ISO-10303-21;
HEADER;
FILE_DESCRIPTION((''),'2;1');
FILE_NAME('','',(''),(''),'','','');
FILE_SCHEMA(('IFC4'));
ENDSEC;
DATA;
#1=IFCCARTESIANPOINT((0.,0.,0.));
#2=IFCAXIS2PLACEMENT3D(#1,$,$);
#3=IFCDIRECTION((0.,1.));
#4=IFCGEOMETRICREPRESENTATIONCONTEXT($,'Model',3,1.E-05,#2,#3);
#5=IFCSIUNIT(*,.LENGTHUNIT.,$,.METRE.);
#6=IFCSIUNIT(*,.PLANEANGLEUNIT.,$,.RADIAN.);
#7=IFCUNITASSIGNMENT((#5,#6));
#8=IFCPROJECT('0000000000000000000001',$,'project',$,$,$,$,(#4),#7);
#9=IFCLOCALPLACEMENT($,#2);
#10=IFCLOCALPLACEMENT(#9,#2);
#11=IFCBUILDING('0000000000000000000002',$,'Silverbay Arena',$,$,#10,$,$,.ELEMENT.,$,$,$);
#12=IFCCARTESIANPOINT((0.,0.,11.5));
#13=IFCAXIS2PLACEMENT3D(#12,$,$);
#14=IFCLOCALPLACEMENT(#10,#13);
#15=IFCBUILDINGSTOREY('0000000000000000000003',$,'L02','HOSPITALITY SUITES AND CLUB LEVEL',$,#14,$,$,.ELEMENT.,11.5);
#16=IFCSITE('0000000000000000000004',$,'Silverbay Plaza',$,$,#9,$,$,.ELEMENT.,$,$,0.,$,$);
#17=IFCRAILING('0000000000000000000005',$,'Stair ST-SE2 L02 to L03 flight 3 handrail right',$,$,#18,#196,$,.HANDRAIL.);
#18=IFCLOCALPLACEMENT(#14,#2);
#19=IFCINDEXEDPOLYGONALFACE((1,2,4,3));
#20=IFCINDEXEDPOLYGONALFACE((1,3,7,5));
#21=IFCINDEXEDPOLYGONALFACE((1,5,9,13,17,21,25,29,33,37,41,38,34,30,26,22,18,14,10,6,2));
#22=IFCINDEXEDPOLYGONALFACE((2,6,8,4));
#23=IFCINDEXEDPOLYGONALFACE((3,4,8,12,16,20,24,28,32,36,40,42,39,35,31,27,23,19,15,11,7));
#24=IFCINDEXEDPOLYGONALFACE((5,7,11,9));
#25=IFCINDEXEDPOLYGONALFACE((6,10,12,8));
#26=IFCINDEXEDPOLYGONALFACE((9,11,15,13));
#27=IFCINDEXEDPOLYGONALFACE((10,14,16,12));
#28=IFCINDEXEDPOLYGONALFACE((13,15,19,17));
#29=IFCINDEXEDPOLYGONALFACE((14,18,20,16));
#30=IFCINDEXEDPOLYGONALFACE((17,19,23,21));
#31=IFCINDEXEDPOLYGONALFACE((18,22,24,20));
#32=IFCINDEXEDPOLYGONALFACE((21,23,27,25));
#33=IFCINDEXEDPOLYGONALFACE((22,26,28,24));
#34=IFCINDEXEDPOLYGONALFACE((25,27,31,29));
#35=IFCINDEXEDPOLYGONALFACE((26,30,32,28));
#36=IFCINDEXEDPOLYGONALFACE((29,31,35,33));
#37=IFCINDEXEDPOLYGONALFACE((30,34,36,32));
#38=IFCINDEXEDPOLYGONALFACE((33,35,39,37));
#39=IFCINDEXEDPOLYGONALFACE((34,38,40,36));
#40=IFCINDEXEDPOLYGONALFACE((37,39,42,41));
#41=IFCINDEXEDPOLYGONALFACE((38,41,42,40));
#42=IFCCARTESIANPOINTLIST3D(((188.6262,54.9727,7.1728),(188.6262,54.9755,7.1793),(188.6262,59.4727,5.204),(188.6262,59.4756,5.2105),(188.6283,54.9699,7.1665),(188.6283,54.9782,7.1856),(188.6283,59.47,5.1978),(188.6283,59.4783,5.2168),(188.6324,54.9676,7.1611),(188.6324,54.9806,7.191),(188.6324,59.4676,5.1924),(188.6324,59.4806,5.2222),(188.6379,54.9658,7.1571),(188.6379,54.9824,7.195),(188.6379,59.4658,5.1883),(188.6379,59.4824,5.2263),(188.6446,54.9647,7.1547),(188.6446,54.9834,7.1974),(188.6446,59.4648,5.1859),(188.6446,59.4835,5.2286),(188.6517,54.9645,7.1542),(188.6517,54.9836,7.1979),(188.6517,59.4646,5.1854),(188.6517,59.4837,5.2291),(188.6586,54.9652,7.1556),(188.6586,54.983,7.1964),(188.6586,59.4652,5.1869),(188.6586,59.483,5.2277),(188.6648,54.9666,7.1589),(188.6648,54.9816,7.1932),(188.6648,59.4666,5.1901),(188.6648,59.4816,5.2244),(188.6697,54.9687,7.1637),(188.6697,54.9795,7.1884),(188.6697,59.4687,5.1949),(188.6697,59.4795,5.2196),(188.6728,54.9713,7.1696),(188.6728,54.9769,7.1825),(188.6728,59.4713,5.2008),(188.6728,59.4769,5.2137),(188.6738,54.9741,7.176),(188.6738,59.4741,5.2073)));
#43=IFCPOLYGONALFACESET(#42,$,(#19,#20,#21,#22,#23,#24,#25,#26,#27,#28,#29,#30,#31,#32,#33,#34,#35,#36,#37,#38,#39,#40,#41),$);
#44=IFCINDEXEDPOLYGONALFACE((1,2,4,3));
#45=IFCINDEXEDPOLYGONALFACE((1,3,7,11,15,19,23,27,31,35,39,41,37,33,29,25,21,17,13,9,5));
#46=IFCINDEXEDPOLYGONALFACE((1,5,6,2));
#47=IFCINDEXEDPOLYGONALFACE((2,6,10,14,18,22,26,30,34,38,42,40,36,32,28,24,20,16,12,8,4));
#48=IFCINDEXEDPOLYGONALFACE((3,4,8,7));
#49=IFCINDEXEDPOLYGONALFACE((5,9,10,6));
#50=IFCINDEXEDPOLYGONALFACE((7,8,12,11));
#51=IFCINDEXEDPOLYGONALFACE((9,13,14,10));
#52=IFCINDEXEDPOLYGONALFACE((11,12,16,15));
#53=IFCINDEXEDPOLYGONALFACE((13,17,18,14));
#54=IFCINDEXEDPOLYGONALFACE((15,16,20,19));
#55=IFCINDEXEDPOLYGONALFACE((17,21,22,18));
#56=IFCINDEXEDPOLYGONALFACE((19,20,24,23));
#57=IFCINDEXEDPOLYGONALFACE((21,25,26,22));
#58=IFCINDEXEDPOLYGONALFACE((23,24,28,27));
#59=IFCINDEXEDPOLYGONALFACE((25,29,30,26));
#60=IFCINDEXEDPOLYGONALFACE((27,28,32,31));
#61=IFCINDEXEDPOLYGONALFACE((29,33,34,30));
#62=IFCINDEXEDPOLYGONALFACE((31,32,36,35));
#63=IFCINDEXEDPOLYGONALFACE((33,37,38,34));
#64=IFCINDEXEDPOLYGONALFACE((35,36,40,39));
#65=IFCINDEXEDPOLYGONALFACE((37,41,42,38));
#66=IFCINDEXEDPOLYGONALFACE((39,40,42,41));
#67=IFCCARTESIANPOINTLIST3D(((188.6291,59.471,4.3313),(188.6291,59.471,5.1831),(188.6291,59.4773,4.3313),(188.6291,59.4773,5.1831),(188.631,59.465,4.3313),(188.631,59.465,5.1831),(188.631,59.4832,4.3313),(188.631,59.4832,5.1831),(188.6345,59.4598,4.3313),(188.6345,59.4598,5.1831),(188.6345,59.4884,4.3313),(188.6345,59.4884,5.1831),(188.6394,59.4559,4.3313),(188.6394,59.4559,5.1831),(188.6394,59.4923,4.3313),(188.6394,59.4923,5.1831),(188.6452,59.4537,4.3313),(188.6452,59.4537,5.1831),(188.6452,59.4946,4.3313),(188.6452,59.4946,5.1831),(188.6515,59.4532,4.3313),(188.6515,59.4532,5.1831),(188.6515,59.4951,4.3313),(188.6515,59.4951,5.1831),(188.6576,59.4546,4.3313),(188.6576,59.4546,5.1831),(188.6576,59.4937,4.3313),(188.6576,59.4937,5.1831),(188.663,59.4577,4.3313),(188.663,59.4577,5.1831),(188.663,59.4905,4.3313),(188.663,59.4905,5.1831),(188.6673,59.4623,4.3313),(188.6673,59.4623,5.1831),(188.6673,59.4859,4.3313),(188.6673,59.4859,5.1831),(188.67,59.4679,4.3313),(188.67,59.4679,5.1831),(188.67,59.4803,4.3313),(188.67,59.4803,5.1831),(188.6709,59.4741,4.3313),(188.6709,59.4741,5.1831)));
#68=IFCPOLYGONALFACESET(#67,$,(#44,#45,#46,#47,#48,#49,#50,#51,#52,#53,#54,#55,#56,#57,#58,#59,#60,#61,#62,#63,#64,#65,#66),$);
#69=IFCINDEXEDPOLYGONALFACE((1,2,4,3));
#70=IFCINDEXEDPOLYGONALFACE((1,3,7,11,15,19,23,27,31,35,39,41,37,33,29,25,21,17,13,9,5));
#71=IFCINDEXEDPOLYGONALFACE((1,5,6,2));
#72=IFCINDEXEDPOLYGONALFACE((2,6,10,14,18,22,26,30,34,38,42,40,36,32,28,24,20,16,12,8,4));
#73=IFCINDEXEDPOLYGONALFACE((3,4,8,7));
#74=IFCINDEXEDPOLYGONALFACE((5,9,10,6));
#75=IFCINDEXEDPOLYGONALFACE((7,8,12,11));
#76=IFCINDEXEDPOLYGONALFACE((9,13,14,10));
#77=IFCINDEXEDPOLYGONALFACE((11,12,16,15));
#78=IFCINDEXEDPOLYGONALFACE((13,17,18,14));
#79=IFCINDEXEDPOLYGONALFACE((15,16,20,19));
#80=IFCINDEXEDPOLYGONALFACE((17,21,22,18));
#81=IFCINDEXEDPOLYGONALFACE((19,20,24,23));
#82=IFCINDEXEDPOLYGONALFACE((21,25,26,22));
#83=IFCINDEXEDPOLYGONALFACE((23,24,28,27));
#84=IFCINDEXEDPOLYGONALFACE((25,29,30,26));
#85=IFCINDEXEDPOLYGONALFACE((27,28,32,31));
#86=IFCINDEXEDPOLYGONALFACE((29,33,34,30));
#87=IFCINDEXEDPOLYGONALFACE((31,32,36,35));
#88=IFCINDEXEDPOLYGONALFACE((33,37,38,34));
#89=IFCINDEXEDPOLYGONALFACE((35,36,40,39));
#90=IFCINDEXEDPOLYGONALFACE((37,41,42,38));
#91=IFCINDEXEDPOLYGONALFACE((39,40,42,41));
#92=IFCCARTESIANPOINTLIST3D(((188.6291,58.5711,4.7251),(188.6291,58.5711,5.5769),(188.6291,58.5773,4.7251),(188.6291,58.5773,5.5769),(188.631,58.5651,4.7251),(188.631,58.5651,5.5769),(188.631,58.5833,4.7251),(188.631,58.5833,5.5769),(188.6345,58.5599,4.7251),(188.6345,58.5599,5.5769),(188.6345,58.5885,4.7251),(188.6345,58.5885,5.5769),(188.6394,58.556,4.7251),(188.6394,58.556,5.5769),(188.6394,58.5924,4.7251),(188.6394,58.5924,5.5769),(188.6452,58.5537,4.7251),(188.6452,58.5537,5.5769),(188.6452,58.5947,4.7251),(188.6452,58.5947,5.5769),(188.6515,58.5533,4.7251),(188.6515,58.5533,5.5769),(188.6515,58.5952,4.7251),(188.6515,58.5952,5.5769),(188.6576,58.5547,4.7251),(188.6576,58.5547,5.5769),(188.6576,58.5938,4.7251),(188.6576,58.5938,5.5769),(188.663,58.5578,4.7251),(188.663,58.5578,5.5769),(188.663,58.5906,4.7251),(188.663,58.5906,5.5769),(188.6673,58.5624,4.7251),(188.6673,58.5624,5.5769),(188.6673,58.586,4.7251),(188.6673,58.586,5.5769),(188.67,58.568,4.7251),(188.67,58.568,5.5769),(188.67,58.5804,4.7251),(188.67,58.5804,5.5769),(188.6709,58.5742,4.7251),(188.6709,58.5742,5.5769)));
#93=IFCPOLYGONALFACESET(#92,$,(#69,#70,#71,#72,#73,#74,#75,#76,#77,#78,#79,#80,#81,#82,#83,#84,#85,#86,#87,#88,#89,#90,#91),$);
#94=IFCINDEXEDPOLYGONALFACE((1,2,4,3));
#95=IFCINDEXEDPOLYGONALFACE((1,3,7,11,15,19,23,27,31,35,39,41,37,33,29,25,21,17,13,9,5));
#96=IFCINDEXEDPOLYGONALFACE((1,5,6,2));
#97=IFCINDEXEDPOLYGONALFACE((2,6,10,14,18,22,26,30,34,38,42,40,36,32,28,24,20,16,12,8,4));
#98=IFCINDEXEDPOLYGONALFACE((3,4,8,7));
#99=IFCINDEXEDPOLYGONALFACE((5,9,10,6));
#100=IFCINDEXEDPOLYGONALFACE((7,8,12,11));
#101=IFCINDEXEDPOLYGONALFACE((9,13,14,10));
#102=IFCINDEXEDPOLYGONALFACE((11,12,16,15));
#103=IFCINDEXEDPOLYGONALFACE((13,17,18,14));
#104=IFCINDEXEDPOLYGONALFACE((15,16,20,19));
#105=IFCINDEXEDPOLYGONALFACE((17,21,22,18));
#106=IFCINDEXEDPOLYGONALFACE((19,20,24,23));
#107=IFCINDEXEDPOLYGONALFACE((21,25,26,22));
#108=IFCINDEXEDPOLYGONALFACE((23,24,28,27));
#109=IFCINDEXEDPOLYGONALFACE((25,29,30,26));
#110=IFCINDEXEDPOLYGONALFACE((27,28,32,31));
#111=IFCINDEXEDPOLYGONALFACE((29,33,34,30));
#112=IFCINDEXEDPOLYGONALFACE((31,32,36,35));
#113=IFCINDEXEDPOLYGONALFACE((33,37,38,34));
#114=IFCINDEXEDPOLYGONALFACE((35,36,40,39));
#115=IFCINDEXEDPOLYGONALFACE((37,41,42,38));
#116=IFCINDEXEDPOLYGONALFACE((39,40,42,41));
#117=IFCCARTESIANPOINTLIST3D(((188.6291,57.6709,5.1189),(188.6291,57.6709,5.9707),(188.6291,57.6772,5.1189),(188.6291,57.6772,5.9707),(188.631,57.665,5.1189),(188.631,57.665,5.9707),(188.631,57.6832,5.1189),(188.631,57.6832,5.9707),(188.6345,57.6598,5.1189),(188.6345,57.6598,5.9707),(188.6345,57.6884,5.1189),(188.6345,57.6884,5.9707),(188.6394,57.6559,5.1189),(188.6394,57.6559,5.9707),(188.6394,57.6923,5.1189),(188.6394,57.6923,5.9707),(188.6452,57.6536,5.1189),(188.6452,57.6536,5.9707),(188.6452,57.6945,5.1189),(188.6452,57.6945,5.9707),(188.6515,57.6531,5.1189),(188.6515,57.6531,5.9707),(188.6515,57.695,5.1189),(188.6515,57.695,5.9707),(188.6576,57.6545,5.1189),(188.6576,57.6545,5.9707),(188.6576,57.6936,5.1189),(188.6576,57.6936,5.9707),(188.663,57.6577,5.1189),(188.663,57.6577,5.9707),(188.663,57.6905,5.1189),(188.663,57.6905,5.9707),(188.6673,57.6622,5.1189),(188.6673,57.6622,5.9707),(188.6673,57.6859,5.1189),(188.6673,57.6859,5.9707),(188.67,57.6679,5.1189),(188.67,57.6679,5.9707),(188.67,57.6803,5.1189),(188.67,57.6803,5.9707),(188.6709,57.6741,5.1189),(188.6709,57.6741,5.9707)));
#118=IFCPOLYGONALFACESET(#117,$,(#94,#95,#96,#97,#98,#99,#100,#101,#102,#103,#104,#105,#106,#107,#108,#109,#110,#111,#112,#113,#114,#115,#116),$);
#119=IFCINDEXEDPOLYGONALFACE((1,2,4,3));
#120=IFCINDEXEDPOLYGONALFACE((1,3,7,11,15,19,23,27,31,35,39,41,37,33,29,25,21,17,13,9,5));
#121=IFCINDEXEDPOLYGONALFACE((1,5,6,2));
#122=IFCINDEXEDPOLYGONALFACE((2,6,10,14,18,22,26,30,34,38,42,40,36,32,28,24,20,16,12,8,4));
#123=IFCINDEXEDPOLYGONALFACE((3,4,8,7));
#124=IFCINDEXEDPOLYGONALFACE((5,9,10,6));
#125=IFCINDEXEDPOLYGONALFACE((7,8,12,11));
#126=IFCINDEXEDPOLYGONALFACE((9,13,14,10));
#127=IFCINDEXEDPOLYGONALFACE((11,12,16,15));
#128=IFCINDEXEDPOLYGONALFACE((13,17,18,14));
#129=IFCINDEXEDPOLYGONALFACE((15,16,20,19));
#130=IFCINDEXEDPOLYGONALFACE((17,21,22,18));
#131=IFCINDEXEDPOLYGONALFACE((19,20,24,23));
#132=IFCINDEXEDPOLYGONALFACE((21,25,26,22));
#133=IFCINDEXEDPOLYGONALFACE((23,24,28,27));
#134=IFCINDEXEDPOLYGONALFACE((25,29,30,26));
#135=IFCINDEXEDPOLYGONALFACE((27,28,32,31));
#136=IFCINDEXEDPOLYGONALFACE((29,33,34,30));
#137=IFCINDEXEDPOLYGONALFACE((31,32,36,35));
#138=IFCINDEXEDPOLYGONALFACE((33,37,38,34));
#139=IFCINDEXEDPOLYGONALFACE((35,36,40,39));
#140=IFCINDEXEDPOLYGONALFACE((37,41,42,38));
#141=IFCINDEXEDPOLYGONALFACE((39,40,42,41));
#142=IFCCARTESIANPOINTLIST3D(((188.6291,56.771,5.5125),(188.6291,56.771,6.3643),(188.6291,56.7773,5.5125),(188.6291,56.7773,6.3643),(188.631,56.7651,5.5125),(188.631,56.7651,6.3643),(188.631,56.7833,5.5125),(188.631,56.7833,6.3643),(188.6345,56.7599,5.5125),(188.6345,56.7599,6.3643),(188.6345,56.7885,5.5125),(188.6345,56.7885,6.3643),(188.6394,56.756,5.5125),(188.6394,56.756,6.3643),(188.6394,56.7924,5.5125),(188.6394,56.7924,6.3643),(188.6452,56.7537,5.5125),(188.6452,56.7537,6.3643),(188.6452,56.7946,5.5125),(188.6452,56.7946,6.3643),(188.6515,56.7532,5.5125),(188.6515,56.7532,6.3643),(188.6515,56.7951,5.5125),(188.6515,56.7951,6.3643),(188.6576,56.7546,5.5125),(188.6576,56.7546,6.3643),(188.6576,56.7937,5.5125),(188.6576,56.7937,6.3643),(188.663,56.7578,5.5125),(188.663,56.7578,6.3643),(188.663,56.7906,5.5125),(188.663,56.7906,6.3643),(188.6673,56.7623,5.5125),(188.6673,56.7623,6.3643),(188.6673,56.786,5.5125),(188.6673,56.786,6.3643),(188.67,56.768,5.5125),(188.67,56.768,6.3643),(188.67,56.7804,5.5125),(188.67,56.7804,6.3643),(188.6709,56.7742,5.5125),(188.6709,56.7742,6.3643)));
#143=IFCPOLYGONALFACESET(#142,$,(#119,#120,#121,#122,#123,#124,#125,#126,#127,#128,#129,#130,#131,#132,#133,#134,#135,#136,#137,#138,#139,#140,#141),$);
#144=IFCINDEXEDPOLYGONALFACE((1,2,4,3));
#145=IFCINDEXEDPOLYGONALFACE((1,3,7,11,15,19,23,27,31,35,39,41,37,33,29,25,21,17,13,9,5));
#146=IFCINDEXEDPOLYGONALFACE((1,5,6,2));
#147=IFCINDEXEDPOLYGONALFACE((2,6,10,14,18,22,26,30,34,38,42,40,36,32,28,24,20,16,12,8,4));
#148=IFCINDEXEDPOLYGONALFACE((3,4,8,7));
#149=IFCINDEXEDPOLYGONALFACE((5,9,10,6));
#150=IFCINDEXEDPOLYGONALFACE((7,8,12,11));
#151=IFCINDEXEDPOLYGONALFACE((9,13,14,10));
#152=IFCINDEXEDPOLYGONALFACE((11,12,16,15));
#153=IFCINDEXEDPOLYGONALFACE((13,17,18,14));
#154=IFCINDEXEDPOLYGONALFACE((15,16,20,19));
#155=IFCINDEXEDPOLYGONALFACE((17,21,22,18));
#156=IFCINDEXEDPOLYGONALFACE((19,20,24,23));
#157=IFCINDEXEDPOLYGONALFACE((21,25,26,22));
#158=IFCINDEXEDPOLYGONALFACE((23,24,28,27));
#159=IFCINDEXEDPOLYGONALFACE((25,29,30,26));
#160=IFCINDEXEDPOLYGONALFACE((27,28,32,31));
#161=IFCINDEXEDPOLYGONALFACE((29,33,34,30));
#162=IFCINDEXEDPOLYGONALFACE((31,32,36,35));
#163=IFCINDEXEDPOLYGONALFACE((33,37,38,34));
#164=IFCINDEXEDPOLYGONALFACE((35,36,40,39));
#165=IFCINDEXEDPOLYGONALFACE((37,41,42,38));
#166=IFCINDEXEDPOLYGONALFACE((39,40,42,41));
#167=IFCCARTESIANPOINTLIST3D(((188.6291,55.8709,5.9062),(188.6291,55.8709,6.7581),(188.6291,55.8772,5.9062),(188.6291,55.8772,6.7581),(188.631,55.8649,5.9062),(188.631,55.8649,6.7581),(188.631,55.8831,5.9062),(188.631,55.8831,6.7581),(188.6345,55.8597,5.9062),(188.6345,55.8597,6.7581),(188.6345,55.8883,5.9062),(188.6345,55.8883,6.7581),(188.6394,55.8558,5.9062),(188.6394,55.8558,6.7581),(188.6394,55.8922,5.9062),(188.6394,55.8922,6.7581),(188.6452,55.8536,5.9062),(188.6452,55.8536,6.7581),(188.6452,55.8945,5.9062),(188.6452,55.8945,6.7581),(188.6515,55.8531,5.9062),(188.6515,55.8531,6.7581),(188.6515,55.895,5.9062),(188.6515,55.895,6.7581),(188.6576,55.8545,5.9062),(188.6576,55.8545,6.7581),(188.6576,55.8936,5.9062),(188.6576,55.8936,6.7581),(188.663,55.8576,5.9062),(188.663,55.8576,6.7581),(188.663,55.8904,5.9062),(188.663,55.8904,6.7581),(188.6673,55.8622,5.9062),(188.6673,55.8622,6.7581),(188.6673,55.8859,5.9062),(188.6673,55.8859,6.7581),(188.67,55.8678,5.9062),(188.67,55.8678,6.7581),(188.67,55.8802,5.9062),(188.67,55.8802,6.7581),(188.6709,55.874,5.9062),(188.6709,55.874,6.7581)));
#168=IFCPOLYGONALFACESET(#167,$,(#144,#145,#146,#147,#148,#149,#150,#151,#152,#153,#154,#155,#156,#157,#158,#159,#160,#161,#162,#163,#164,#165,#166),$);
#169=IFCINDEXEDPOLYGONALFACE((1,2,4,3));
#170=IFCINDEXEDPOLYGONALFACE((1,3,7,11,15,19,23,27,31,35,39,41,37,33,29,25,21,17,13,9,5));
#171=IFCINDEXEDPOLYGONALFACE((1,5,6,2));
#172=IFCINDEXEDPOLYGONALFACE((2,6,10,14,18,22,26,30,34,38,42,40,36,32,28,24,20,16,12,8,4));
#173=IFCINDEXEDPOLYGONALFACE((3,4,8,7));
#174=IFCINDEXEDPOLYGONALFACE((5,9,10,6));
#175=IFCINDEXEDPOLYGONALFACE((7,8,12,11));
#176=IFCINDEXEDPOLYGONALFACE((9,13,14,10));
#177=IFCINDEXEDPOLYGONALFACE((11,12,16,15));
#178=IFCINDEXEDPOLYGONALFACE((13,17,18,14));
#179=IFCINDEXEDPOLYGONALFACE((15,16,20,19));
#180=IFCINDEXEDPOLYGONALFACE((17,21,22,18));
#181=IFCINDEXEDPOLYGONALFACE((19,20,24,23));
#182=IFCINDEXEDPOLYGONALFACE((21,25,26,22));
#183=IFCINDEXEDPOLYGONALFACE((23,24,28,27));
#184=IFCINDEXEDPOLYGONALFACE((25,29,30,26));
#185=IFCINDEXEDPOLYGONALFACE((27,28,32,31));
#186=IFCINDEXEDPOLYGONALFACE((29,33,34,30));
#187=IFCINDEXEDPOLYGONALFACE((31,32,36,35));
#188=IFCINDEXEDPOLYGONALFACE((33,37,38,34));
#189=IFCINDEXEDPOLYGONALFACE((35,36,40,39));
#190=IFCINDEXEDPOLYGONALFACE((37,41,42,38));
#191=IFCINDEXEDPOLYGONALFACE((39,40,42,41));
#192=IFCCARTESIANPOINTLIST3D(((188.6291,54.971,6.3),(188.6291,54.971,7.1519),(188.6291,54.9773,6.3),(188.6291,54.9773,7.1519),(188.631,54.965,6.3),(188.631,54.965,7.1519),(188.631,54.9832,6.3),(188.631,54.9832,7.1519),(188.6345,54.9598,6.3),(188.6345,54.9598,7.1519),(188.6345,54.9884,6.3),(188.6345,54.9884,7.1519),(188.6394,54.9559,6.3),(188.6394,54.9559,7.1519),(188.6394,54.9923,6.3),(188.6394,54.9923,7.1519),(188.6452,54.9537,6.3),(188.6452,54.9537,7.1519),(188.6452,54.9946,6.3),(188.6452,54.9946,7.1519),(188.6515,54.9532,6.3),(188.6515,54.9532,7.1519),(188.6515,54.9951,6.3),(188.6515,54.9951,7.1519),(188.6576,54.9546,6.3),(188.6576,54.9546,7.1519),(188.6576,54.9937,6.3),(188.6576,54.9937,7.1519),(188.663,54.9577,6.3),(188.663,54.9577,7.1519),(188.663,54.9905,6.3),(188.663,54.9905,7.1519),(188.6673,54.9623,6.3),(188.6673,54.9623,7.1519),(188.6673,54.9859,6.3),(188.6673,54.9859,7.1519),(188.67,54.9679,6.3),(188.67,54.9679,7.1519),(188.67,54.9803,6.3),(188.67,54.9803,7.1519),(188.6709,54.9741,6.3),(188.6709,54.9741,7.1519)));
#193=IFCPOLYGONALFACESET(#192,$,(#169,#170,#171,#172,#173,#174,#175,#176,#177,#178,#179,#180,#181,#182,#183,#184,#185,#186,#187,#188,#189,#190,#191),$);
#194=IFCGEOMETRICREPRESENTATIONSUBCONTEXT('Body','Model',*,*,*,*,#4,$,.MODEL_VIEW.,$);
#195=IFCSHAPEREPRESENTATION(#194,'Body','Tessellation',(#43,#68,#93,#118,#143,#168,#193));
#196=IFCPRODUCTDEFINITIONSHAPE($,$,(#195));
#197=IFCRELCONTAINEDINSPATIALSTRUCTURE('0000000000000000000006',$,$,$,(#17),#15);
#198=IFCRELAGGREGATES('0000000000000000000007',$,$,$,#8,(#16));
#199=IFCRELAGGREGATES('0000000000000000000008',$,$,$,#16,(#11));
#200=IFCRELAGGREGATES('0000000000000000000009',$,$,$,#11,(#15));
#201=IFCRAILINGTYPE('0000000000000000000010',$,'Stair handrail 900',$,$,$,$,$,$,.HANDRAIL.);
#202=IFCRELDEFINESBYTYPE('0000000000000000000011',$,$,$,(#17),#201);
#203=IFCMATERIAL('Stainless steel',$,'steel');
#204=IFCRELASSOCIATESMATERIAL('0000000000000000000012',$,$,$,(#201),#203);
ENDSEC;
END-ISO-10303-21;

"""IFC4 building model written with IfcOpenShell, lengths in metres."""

from ifc_helpers import new_model, si_unit, direction, frame, origin, origin_2d, place, context, subcontext, project, spatial, circle, extrude, material, type_object, element, save


model = new_model("IFC4")

# Units and contexts
model_context = context("Model", 3, precision=1e-05, world=origin(), true_north=direction((0.0, 1.0)))
body_context = subcontext(model_context, "Body", "Model", "MODEL_VIEW")
ifc_project = project(units=[si_unit("LENGTHUNIT", "METRE"), si_unit("PLANEANGLEUNIT", "RADIAN")], contexts=[model_context])

# Site, building, storey
site_placement = place(None, origin())
site = spatial("IfcSite", under=ifc_project, at=site_placement, Name="Silverbay Plaza", CompositionType="ELEMENT", RefElevation=0.0)
building_placement = place(site_placement, origin())
building = spatial("IfcBuilding", under=site, at=building_placement, Name="Silverbay Arena", CompositionType="ELEMENT")
storey_placement = place(building_placement, frame((0.0, 0.0, 11.5)))
storey = spatial("IfcBuildingStorey", under=building, at=storey_placement, Name="L02", Description="HOSPITALITY SUITES AND CLUB LEVEL", CompositionType="ELEMENT", Elevation=11.5)

# Railing
ifc_material_1 = material(Name="Stainless steel", Category="steel")
railing_type_1 = type_object("IfcRailingType", Name="Stair handrail 900", PredefinedType="HANDRAIL", material=ifc_material_1)
for number, where, name in (
    (1, (188.6499, 59.4741, 4.3313), "Stair ST-SE2 L02 to L03 flight 3 handrail right"),
):
    element("IfcRailing", number, at=place(storey_placement, frame(where)), inside=storey, type_object=railing_type_1, Name=name, PredefinedType="HANDRAIL", context=body_context, shape_type="SweptSolid", body=[
        extrude(circle(Radius=0.0239, at=origin_2d()), frame((0.0, 0.0, 0.876), z_axis=(0.0, -0.916157, 0.400819), x_axis=(1.0, 0.0, 0.0)), (0.0, 0.0, 1.0), 4.9119),
        extrude(circle(Radius=0.021, at=origin_2d()), origin(), (0.0, 0.0, 1.0), 0.8518),
        extrude(circle(Radius=0.021, at=origin_2d()), frame((0.0, -0.8999, 0.3938)), (0.0, 0.0, 1.0), 0.8518),
        extrude(circle(Radius=0.021, at=origin_2d()), frame((0.0, -1.8, 0.7876)), (0.0, 0.0, 1.0), 0.8518),
        extrude(circle(Radius=0.021, at=origin_2d()), frame((0.0, -2.7, 1.1812)), (0.0, 0.0, 1.0), 0.8518),
        extrude(circle(Radius=0.021, at=origin_2d()), frame((0.0, -3.6001, 1.575)), (0.0, 0.0, 1.0), 0.8518),
        extrude(circle(Radius=0.021, at=origin_2d()), frame((0.0, -4.5, 1.9688)), (0.0, 0.0, 1.0), 0.8518),
    ])

save(model, "model.ifc")
